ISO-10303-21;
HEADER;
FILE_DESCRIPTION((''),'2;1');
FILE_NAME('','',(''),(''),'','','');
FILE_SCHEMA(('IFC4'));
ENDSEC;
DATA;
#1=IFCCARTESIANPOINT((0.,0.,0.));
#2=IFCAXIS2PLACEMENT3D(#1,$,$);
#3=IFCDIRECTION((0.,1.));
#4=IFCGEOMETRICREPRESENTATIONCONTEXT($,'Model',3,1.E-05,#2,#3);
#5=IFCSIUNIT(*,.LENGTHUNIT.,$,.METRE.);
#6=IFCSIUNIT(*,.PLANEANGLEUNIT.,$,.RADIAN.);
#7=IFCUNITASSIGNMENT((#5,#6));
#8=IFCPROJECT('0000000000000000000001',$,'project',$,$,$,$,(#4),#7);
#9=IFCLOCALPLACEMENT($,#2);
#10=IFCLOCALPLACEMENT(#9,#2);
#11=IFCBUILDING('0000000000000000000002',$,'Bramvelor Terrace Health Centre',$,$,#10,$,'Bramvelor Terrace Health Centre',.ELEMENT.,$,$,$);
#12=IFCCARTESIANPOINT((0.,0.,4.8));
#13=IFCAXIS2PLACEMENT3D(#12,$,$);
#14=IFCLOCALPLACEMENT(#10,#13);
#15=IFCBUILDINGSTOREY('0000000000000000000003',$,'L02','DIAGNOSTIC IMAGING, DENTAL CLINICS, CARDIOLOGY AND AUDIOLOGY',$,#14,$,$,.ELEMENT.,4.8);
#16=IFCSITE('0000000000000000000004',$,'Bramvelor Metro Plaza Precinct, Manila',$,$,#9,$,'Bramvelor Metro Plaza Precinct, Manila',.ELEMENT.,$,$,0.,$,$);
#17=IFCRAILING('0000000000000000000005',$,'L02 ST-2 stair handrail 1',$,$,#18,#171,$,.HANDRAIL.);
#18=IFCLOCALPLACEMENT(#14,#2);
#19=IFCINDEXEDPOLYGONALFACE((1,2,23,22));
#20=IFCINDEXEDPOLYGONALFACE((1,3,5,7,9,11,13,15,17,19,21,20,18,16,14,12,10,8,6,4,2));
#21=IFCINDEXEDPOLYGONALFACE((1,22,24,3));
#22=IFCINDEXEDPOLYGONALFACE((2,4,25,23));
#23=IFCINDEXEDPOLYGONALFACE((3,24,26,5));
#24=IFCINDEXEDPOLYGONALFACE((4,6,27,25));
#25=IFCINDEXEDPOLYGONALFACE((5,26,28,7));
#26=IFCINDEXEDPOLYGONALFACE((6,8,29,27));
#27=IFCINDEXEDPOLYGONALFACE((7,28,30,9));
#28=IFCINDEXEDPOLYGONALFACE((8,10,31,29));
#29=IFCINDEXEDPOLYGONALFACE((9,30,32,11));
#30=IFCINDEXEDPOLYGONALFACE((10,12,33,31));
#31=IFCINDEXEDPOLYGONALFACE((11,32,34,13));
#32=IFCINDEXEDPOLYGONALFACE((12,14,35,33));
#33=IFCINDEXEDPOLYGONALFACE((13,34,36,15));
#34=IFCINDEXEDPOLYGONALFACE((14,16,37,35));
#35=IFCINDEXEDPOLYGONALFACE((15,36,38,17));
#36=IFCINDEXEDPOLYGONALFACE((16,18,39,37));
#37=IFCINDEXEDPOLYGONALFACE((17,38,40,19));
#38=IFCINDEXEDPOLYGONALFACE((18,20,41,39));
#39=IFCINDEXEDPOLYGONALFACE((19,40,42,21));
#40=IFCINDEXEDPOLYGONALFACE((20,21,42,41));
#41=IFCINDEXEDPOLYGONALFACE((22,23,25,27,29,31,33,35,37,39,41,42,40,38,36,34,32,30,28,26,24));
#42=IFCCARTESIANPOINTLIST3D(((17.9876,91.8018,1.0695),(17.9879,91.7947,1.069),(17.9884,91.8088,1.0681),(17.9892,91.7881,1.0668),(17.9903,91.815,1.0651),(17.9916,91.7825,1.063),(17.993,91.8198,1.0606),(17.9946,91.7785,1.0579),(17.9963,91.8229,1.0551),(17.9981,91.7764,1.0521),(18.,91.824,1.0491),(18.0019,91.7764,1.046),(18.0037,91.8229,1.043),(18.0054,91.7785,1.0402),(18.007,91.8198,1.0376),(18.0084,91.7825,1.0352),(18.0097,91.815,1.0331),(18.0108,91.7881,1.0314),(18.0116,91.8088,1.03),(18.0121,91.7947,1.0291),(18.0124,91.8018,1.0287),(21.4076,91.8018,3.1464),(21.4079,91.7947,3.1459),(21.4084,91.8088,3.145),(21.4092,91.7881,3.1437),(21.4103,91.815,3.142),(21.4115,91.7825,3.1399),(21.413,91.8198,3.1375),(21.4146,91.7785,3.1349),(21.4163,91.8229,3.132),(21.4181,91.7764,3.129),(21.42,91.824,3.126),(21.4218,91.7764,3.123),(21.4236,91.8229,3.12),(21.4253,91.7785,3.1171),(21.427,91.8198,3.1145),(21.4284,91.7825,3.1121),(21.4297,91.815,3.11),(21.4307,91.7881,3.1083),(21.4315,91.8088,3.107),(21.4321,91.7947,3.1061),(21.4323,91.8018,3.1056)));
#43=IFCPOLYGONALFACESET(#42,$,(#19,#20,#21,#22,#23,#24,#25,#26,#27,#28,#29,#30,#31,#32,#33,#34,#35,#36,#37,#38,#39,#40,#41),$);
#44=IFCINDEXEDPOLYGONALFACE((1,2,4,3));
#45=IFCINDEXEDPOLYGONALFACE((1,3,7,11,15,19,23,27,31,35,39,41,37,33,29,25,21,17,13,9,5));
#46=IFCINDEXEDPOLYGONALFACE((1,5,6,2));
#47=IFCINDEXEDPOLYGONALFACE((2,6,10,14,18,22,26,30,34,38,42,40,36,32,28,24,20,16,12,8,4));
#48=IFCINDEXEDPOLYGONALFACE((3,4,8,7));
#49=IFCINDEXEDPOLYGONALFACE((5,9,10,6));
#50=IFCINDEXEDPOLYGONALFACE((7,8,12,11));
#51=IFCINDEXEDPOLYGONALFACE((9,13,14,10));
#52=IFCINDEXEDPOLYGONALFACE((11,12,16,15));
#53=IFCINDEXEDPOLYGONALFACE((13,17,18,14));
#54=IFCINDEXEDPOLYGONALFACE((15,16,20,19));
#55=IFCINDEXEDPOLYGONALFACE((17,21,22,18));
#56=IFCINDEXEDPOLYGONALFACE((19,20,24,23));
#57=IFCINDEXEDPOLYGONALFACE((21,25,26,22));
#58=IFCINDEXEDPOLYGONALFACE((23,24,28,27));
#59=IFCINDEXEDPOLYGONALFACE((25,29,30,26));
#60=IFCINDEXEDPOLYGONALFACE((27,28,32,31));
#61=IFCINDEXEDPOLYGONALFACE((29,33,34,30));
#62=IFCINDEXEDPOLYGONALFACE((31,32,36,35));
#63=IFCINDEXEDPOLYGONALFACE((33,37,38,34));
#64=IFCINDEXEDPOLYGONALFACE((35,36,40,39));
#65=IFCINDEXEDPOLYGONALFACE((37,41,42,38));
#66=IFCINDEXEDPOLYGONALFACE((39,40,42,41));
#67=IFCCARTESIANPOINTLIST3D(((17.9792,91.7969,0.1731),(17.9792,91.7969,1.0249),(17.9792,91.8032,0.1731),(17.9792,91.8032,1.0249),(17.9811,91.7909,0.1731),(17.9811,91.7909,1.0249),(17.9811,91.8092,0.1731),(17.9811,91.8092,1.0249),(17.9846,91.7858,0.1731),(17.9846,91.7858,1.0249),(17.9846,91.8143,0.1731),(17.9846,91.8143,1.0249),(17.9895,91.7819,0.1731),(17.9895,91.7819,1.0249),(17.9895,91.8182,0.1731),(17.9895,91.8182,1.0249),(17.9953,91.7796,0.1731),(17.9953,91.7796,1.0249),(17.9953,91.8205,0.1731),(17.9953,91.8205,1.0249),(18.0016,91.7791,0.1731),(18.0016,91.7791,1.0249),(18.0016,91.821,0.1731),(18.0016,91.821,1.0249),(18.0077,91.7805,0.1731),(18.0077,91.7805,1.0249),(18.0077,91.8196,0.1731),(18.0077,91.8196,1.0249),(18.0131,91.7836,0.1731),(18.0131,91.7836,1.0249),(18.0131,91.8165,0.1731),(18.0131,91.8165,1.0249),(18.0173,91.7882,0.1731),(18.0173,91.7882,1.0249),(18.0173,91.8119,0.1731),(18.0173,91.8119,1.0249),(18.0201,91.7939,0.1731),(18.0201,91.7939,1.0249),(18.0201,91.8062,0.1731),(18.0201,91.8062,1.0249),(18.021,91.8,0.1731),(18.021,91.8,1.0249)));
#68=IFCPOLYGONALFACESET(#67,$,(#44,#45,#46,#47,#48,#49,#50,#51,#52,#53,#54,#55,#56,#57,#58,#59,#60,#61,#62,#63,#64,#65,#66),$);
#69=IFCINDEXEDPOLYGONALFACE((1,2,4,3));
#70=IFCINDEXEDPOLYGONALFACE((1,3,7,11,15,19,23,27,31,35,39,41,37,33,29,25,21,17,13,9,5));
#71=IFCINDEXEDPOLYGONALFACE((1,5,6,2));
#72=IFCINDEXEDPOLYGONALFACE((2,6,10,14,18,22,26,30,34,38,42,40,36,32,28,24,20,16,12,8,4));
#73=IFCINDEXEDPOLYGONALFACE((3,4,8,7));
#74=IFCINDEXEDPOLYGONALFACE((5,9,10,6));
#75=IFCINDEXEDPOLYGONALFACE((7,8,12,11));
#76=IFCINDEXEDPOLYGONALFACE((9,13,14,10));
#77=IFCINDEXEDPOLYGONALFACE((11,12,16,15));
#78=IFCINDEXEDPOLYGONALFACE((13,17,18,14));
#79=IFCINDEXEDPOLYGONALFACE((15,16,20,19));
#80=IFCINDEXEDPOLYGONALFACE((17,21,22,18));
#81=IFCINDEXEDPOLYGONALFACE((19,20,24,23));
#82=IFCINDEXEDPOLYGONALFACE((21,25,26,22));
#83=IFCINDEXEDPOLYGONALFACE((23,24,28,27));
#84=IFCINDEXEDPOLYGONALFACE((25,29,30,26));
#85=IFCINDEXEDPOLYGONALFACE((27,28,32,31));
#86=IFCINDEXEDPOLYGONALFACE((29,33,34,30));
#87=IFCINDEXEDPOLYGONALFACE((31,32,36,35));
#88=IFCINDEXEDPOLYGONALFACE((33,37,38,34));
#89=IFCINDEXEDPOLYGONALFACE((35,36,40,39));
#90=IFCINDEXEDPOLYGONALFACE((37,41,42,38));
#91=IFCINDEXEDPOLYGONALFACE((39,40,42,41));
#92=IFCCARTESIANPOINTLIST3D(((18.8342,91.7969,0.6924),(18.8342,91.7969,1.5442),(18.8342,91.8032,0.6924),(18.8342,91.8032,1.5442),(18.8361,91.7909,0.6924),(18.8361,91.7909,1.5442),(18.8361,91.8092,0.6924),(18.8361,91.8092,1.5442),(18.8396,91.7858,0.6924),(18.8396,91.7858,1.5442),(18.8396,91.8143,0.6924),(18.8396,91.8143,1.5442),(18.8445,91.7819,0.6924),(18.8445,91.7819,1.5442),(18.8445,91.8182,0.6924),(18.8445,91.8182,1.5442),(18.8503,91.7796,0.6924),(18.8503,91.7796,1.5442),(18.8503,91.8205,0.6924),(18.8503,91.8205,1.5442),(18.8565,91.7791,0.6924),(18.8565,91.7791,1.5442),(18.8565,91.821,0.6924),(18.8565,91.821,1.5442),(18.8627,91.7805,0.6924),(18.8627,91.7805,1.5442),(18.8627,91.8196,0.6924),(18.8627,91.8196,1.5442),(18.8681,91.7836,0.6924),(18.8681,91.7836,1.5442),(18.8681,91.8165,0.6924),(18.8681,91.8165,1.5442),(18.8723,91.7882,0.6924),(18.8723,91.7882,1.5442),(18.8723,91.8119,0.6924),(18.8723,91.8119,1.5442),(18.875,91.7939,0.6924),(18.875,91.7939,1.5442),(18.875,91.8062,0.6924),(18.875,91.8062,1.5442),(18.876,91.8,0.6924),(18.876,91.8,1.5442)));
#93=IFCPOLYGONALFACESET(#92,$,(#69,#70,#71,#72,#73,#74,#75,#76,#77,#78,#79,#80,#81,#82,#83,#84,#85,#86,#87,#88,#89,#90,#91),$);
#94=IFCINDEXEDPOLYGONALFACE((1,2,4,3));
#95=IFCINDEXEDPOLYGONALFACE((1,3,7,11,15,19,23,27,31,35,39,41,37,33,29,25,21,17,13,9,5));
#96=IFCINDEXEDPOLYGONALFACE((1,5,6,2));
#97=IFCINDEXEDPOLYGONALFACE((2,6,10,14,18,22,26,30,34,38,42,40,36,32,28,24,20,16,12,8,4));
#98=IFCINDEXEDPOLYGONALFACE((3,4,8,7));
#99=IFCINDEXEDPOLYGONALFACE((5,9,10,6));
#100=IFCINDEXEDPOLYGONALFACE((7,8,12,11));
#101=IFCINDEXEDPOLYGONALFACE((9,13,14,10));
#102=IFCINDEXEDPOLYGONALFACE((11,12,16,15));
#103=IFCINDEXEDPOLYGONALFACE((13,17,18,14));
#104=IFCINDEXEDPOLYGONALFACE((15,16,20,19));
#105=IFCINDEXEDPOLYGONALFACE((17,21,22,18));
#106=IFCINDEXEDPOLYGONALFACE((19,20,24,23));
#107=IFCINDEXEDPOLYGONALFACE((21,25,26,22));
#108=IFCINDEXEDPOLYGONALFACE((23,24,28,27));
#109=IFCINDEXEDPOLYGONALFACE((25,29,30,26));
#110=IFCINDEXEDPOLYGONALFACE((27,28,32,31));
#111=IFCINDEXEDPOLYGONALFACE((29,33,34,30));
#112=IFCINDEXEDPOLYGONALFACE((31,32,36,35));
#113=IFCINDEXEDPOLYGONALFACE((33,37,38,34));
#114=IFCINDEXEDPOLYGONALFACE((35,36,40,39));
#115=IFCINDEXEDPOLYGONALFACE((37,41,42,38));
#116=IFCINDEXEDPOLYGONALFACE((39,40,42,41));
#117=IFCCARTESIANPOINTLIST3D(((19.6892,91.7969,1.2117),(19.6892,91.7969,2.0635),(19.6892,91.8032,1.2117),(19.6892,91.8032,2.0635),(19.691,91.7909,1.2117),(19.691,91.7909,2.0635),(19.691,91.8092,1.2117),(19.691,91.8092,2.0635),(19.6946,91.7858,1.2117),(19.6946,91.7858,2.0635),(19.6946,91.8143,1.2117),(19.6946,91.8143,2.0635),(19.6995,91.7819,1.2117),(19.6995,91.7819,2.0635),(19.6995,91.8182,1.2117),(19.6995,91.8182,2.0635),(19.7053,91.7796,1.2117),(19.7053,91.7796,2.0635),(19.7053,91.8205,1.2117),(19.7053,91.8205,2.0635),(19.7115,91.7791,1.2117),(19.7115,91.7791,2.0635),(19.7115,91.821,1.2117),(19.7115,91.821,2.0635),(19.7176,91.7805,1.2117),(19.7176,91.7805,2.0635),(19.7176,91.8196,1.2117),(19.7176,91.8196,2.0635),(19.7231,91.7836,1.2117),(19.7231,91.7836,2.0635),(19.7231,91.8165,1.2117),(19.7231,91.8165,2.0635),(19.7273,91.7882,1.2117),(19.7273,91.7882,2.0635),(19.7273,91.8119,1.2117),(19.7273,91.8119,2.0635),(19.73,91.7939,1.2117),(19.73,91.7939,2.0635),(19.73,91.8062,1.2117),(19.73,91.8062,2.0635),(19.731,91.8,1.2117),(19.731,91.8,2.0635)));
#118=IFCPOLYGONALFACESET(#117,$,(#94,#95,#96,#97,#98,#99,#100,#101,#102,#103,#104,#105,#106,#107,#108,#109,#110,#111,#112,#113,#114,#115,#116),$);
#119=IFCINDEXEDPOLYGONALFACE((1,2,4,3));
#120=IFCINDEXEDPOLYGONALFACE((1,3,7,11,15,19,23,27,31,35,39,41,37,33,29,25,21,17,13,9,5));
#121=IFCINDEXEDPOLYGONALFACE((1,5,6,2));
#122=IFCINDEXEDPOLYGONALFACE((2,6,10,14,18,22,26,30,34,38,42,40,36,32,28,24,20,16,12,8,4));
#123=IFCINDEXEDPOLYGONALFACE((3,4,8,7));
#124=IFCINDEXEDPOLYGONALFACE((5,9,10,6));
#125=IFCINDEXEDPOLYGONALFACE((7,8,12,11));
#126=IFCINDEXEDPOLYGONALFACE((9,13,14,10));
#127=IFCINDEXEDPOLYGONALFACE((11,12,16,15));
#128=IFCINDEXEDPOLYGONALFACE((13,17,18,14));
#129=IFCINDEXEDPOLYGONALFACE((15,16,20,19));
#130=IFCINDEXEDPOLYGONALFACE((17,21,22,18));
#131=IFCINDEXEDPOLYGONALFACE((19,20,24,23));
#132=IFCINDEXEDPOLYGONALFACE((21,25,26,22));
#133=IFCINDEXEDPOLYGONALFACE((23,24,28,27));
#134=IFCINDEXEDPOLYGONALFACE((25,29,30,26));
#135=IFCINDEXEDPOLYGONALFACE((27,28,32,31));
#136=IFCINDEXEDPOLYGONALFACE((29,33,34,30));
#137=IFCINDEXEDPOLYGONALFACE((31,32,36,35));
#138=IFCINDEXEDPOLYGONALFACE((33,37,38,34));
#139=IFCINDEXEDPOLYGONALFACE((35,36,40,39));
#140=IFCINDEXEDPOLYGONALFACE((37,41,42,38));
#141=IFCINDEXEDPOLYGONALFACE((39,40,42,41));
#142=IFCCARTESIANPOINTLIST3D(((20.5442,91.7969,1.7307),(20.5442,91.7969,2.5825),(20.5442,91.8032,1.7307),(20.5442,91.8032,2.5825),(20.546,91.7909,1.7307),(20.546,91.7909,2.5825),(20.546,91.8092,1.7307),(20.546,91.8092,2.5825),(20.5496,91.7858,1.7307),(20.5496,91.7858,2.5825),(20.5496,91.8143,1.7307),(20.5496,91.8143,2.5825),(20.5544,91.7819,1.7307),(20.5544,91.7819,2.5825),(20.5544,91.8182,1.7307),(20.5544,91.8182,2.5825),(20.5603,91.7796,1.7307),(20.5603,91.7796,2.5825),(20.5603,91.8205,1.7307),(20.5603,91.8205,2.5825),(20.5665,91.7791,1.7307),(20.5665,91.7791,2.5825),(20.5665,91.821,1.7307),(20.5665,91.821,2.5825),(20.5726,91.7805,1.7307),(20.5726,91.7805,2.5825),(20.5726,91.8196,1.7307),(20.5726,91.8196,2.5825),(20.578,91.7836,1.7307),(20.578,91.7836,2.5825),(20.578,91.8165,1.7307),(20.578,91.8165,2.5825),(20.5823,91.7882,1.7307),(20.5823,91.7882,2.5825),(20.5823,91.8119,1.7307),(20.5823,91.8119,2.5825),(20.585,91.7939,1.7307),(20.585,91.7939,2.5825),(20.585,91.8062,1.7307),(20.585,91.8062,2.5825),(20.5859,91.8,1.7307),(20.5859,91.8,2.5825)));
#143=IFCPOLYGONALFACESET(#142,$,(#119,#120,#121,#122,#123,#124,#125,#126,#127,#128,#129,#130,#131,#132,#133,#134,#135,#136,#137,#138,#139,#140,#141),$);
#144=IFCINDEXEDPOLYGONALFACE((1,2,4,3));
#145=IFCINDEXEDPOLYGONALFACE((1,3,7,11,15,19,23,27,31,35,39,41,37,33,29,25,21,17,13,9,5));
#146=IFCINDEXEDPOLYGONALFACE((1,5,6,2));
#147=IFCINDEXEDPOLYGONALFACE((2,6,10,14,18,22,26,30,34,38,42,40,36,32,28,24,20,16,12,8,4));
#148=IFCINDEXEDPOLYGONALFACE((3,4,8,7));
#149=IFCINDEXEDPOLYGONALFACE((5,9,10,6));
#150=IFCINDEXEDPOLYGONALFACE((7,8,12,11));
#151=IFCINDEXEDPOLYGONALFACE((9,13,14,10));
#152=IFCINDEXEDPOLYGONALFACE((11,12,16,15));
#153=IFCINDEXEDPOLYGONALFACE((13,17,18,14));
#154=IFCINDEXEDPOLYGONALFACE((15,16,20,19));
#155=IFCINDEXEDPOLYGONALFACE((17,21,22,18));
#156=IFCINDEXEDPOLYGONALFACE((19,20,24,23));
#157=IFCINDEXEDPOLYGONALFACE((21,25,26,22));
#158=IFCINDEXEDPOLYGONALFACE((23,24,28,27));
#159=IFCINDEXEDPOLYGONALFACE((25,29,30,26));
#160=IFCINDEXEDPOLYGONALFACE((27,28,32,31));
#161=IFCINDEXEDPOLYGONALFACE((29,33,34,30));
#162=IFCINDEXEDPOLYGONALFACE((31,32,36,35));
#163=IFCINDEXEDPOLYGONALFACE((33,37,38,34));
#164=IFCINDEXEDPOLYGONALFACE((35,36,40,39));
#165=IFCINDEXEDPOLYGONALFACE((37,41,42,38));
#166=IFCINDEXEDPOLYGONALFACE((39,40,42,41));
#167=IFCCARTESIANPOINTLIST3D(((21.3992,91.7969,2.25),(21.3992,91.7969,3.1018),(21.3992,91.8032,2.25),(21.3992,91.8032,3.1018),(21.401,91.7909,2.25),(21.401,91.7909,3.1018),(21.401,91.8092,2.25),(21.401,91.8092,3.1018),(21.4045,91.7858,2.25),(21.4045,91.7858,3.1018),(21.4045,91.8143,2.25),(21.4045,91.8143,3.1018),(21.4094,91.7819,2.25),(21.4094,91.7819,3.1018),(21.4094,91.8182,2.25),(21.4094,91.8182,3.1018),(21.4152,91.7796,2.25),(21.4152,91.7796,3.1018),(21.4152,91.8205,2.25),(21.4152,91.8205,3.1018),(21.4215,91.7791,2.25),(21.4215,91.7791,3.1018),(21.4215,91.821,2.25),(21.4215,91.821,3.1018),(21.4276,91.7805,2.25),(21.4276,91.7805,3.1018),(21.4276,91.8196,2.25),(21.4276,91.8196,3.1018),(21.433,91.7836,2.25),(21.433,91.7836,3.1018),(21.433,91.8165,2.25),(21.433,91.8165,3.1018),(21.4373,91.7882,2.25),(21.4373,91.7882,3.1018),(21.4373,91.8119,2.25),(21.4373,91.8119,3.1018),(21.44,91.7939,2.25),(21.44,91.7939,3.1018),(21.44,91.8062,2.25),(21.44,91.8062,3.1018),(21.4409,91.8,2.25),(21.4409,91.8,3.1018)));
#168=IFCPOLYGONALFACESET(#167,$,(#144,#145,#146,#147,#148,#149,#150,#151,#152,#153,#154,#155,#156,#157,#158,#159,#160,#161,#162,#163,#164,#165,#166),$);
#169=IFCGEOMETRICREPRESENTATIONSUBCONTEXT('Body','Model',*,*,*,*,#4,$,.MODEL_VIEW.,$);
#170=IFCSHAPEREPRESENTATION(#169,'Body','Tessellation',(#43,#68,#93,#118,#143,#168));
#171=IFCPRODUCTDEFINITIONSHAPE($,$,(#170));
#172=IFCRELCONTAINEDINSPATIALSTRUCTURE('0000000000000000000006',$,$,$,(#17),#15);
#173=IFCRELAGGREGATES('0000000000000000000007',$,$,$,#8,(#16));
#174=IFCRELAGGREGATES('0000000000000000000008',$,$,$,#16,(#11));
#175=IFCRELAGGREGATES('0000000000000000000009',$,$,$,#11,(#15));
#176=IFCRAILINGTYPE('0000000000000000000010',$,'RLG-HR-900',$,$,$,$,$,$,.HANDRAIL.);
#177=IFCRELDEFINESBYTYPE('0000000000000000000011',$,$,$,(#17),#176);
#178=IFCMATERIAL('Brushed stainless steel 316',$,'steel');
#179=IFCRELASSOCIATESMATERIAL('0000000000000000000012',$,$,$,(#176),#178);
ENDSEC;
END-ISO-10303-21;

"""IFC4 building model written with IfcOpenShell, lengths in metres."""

from ifc_helpers import new_model, si_unit, direction, frame, origin, origin_2d, place, context, subcontext, project, spatial, circle, extrude, material, type_object, element, save


model = new_model("IFC4")

# Units and contexts
model_context = context("Model", 3, precision=1e-05, world=origin(), true_north=direction((0.0, 1.0)))
body_context = subcontext(model_context, "Body", "Model", "MODEL_VIEW")
ifc_project = project(units=[si_unit("LENGTHUNIT", "METRE"), si_unit("PLANEANGLEUNIT", "RADIAN")], contexts=[model_context])

# Site, building, storey
site_placement = place(None, origin())
site = spatial("IfcSite", under=ifc_project, at=site_placement, Name="Bramvelor Metro Plaza Precinct, Manila", LongName="Bramvelor Metro Plaza Precinct, Manila", CompositionType="ELEMENT", RefElevation=0.0)
building_placement = place(site_placement, origin())
building = spatial("IfcBuilding", under=site, at=building_placement, Name="Bramvelor Terrace Health Centre", LongName="Bramvelor Terrace Health Centre", CompositionType="ELEMENT")
storey_placement = place(building_placement, frame((0.0, 0.0, 4.8)))
storey = spatial("IfcBuildingStorey", under=building, at=storey_placement, Name="L02", Description="DIAGNOSTIC IMAGING, DENTAL CLINICS, CARDIOLOGY AND AUDIOLOGY", CompositionType="ELEMENT", Elevation=4.8)

# Railing
ifc_material_1 = material(Name="Brushed stainless steel 316", Category="steel")
railing_type = type_object("IfcRailingType", Name="RLG-HR-900", PredefinedType="HANDRAIL", material=ifc_material_1)
railing_placement = place(storey_placement, frame((18.0, 91.8, 0.1731)))
element("IfcRailing", 1, at=railing_placement, inside=storey, type_object=railing_type, Name="L02 ST-2 stair handrail 1", PredefinedType="HANDRAIL", context=body_context, shape_type="SweptSolid", body=[
    extrude(circle(Radius=0.0239, at=origin_2d()), frame((0.0, 0.0, 0.876), z_axis=(0.85473, 0.0, 0.519074), x_axis=(0.0, 1.0, 0.0)), (0.0, 0.0, 1.0), 4.0012),
    extrude(circle(Radius=0.021, at=origin_2d()), origin(), (0.0, 0.0, 1.0), 0.8518),
    extrude(circle(Radius=0.021, at=origin_2d()), frame((0.855, 0.0, 0.5193)), (0.0, 0.0, 1.0), 0.8518),
    extrude(circle(Radius=0.021, at=origin_2d()), frame((1.71, 0.0, 1.0386)), (0.0, 0.0, 1.0), 0.8518),
    extrude(circle(Radius=0.021, at=origin_2d()), frame((2.5649, 0.0, 1.5576)), (0.0, 0.0, 1.0), 0.8518),
    extrude(circle(Radius=0.021, at=origin_2d()), frame((3.4199, 0.0, 2.0769)), (0.0, 0.0, 1.0), 0.8518),
])

save(model, "model.ifc")
